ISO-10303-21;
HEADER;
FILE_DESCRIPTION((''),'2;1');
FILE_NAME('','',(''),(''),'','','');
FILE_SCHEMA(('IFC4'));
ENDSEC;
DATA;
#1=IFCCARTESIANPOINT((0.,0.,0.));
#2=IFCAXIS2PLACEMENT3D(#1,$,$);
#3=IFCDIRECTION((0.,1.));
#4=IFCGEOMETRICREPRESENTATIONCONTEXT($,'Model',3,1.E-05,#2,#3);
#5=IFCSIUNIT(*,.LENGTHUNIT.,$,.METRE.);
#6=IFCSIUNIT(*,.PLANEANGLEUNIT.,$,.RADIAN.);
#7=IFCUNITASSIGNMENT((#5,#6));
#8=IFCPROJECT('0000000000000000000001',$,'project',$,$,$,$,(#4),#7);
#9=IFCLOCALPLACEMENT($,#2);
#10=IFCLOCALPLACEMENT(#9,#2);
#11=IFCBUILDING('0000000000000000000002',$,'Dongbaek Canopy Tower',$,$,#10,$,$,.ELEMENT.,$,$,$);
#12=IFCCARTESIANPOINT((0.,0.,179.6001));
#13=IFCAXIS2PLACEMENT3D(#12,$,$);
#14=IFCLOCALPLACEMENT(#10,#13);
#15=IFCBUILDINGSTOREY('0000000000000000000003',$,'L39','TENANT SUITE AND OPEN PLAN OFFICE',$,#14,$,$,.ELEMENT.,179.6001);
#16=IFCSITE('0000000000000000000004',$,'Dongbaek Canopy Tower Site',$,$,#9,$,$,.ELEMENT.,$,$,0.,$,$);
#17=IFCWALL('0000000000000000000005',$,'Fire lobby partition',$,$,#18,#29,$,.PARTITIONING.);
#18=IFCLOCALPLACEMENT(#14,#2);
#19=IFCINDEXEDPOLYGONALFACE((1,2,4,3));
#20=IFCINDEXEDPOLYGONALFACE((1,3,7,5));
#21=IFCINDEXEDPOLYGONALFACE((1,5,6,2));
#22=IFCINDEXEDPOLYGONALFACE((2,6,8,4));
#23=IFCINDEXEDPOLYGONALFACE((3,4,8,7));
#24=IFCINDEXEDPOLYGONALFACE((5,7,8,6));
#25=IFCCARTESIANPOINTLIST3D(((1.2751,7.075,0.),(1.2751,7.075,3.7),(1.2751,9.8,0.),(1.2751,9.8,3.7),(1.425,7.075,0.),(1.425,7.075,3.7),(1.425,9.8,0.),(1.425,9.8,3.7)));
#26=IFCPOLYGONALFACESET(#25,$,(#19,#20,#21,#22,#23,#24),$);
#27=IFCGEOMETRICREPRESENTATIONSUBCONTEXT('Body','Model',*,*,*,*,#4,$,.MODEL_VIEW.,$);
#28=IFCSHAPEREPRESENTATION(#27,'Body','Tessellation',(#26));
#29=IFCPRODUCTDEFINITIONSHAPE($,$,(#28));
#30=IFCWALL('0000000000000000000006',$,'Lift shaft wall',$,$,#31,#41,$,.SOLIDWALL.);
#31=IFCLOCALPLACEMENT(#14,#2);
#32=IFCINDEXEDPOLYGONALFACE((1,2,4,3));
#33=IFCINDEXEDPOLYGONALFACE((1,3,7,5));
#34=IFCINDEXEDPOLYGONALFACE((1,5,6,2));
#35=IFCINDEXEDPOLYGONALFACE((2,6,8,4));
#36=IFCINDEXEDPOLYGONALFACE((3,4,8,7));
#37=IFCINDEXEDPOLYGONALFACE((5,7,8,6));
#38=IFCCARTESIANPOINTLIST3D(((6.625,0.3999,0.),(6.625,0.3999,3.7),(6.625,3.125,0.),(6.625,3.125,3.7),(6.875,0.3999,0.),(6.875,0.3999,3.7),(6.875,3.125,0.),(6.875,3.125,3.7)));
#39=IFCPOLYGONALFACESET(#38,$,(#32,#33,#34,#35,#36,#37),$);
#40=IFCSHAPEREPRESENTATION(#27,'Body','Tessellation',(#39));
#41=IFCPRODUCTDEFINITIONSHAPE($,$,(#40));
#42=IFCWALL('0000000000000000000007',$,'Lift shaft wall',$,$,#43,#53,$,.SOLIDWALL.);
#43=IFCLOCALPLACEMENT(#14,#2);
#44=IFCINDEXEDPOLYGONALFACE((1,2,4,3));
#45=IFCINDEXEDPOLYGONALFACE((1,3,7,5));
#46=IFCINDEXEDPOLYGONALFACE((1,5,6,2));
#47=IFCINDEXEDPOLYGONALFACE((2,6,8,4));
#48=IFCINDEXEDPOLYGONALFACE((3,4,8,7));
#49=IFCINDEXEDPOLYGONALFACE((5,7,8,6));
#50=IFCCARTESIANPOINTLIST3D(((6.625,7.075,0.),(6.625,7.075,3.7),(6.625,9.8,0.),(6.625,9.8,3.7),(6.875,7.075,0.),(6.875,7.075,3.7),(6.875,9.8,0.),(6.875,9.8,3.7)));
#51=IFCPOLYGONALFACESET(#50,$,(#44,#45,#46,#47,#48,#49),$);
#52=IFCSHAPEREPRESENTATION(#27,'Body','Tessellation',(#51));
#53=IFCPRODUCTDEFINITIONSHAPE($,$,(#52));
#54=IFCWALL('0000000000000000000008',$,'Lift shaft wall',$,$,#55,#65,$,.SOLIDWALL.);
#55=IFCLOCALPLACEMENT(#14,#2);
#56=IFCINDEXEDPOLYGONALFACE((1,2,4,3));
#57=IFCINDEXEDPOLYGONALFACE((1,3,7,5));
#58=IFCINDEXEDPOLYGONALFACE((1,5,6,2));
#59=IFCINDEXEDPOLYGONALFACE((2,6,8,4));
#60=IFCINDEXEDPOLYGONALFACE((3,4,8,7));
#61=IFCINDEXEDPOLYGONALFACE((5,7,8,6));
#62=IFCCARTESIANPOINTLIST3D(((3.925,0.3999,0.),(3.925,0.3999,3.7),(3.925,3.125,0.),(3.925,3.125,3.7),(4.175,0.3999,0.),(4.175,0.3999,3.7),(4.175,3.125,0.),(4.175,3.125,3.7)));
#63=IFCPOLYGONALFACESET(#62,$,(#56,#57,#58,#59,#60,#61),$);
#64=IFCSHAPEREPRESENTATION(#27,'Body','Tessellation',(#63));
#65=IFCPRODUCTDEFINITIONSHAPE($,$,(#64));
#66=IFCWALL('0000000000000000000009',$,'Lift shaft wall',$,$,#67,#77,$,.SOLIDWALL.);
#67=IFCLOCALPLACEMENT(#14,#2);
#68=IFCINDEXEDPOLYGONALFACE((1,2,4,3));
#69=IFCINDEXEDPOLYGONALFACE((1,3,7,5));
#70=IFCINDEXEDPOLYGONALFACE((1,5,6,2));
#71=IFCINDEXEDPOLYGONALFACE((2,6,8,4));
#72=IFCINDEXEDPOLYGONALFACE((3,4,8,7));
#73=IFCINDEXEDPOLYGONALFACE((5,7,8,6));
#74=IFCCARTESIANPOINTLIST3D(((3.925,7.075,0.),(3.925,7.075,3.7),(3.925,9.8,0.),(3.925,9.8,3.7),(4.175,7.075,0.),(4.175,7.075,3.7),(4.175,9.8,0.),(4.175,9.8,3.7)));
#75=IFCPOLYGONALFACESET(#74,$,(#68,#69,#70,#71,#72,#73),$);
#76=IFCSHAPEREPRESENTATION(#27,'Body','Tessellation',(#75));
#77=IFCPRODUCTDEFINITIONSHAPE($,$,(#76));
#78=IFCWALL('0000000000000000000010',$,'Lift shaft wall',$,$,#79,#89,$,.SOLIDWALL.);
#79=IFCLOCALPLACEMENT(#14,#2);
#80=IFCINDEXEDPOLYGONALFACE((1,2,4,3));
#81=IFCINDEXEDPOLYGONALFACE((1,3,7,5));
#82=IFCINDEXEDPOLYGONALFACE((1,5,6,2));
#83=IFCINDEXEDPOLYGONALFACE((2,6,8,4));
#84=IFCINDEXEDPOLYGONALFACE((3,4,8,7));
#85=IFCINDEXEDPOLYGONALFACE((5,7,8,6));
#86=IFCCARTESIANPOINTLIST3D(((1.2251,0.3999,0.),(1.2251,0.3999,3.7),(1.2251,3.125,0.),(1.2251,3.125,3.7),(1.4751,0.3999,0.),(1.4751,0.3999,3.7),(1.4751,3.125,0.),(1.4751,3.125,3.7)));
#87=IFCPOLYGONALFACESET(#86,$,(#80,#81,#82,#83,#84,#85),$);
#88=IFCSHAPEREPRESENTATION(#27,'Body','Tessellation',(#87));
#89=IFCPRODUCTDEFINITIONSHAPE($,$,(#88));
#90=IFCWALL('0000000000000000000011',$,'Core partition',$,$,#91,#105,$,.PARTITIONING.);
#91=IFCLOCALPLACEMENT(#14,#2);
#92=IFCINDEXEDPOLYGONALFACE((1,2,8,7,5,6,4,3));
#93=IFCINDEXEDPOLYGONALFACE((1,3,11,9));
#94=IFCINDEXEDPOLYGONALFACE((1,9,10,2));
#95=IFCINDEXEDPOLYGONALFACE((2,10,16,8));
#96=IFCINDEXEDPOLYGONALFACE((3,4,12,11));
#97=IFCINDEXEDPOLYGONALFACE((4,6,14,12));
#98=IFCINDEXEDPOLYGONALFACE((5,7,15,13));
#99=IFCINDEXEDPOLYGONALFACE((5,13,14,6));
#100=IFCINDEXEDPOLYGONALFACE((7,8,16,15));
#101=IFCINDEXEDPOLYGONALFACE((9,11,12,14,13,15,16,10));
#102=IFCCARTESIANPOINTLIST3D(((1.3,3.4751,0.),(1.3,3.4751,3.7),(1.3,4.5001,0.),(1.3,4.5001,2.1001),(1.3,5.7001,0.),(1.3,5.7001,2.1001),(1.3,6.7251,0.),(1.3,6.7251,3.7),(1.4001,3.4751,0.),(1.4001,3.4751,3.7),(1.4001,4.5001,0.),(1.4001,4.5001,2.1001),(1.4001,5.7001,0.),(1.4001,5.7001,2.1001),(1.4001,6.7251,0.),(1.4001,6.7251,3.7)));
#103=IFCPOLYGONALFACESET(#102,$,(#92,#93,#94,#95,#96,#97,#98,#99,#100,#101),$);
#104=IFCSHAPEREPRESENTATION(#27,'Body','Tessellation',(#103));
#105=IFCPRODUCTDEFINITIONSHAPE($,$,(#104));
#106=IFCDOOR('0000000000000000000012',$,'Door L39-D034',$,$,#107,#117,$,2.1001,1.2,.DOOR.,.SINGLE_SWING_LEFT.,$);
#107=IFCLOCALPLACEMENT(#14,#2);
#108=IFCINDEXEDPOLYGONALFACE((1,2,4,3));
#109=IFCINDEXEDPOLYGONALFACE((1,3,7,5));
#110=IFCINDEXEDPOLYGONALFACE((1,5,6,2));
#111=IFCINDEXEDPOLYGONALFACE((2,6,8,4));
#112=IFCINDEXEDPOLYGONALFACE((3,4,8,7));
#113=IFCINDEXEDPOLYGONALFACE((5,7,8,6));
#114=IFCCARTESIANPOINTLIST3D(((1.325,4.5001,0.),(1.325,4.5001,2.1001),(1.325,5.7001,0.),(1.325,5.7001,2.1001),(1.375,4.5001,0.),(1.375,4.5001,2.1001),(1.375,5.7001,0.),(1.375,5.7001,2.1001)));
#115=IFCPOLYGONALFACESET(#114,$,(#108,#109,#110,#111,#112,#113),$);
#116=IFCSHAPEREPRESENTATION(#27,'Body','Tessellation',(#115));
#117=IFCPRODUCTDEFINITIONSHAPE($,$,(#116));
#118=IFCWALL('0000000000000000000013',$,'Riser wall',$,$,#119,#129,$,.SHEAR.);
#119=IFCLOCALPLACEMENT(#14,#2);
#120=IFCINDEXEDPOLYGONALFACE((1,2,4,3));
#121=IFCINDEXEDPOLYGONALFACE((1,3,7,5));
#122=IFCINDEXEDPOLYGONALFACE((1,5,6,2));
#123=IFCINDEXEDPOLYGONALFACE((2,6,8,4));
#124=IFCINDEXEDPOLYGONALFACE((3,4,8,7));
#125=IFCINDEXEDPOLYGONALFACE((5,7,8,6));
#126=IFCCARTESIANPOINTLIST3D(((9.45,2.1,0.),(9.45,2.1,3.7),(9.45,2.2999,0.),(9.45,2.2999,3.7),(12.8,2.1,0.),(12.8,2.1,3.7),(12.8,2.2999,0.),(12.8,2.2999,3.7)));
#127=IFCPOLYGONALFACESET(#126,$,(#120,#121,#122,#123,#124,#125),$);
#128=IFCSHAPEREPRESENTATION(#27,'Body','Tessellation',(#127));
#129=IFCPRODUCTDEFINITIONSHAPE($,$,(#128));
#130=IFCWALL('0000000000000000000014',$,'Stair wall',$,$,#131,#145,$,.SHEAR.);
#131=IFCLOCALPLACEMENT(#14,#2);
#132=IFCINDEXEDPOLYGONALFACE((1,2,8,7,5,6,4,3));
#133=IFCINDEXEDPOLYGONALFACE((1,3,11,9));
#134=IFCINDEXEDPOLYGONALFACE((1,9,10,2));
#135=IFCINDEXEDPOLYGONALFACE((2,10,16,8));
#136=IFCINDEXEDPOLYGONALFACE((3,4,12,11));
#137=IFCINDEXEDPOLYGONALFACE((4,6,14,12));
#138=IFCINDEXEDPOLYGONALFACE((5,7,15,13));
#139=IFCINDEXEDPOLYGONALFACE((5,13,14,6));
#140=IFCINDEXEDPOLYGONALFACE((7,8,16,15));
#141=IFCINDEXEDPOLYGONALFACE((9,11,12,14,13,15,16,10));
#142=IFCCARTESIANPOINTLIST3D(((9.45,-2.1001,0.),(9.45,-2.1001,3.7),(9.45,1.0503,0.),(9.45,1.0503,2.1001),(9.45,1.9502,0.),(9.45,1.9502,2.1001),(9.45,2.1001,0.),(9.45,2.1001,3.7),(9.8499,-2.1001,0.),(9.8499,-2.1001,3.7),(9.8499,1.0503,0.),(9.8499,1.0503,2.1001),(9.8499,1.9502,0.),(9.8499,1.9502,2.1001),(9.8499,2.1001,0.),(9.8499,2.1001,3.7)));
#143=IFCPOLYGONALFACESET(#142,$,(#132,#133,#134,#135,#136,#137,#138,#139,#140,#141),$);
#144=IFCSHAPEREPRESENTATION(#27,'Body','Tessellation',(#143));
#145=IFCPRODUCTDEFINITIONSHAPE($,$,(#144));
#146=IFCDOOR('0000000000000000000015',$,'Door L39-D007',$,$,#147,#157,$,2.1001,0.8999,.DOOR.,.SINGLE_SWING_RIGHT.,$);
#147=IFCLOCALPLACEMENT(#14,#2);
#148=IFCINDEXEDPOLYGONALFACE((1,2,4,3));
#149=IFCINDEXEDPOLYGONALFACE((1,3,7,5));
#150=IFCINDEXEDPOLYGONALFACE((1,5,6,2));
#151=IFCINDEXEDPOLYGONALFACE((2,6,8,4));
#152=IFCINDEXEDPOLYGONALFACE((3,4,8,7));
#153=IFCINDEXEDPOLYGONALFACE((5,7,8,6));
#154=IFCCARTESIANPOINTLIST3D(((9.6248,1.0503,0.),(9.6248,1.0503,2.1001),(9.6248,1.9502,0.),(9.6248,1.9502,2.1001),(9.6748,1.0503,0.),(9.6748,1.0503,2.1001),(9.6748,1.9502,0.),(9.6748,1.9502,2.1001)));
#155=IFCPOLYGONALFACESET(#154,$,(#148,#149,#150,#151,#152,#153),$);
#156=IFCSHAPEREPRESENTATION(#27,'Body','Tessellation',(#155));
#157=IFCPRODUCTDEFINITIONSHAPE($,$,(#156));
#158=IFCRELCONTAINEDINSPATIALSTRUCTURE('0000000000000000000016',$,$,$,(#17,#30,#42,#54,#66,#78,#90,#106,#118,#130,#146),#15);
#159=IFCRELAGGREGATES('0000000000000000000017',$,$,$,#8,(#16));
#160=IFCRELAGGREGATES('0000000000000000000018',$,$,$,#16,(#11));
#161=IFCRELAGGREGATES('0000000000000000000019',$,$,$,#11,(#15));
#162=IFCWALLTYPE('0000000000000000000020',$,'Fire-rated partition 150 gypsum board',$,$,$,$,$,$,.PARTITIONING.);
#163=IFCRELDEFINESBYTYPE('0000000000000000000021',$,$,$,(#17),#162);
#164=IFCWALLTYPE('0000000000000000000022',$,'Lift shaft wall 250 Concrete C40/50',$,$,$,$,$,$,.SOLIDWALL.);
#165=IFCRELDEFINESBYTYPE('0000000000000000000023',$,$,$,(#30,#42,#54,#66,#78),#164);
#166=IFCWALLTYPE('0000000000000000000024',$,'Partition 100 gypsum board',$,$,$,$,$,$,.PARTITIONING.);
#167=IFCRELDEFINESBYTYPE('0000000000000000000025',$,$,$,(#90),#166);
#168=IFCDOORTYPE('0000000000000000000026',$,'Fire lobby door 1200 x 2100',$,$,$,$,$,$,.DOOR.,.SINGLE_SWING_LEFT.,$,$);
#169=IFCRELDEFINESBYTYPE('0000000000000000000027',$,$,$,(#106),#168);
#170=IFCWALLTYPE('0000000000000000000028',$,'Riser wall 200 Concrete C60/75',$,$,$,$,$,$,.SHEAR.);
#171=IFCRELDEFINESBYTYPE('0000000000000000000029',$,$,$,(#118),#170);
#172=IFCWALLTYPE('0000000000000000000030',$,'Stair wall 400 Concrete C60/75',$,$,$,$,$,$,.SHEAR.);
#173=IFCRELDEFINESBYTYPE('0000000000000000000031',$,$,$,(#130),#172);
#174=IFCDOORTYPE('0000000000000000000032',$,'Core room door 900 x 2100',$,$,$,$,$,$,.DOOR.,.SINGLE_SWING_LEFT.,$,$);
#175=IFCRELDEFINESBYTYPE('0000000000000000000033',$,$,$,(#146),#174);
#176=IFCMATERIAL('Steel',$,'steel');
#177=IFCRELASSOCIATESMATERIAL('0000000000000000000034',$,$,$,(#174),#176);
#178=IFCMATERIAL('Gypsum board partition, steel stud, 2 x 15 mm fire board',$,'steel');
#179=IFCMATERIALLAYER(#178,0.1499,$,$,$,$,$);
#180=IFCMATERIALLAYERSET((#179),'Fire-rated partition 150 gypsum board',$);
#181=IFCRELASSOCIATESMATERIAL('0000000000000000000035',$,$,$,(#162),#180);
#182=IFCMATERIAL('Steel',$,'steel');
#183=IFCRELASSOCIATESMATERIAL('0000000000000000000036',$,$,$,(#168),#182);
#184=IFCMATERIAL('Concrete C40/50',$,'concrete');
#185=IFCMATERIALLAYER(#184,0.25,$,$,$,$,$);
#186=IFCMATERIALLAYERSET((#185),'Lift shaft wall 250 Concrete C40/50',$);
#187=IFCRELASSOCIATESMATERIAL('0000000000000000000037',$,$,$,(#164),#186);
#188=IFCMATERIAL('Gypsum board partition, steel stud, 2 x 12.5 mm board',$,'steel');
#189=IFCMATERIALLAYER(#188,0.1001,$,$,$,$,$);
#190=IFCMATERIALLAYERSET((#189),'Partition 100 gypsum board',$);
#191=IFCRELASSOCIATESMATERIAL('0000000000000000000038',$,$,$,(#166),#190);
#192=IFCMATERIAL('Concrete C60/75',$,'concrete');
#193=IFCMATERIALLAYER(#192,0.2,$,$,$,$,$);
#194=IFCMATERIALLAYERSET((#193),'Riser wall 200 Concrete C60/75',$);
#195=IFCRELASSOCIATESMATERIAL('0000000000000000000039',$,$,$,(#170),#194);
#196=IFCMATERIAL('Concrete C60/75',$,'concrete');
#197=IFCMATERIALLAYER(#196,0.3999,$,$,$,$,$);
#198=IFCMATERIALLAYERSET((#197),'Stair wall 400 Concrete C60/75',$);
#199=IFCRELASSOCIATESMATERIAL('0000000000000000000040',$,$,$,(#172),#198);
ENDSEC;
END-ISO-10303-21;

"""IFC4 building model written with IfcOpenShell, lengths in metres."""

from ifc_helpers import new_model, si_unit, direction, frame, frame_2d, origin, place, context, subcontext, project, spatial, rectangle, extrude, material, layer, layer_set, type_object, element, fill, save


model = new_model("IFC4")

# Units and contexts
model_context = context("Model", 3, precision=1e-05, world=origin(), true_north=direction((0.0, 1.0)))
body_context = subcontext(model_context, "Body", "Model", "MODEL_VIEW")
ifc_project = project(units=[si_unit("LENGTHUNIT", "METRE"), si_unit("PLANEANGLEUNIT", "RADIAN")], contexts=[model_context])

# Site, building, storey
site_placement = place(None, origin())
site = spatial("IfcSite", under=ifc_project, at=site_placement, Name="Dongbaek Canopy Tower Site", CompositionType="ELEMENT", RefElevation=0.0)
building_placement = place(site_placement, origin())
building = spatial("IfcBuilding", under=site, at=building_placement, Name="Dongbaek Canopy Tower", CompositionType="ELEMENT")
storey_placement = place(building_placement, frame((0.0, 0.0, 179.6001)))
storey = spatial("IfcBuildingStorey", under=building, at=storey_placement, Name="L39", Description="TENANT SUITE AND OPEN PLAN OFFICE", CompositionType="ELEMENT", Elevation=179.6001)

# Shared definitions
ifc_material_1 = material(Name="Steel", Category="steel")
door_type_1 = type_object("IfcDoorType", Name="Core room door 900 x 2100", OperationType="SINGLE_SWING_LEFT", PredefinedType="DOOR", material=ifc_material_1)

# Shared definitions
ifc_material_2 = material(Name="Gypsum board partition, steel stud, 2 x 15 mm fire board", Category="steel")
ifc_layer_1 = layer(ifc_material_2, 0.1499)
ifc_layer_set_1 = layer_set([ifc_layer_1], Name="Fire-rated partition 150 gypsum board")
wall_type_1 = type_object("IfcWallType", Name="Fire-rated partition 150 gypsum board", PredefinedType="PARTITIONING", material=ifc_layer_set_1)
ifc_material_3 = material(Name="Steel", Category="steel")
door_type_2 = type_object("IfcDoorType", Name="Fire lobby door 1200 x 2100", OperationType="SINGLE_SWING_LEFT", PredefinedType="DOOR", material=ifc_material_3)

# Walls
wall_1_placement = place(storey_placement, frame((1.3501, 7.075, 0.0), z_axis=(0.0, 0.0, 1.0), x_axis=(0.0, 1.0, 0.0)))
element("IfcWall", 1, at=wall_1_placement, inside=storey, type_object=wall_type_1, Name="Fire lobby partition", PredefinedType="PARTITIONING", context=body_context, shape_type="SweptSolid", body=[
    extrude(rectangle(XDim=2.7251, YDim=0.1499, at=frame_2d((1.3625, 0.0))), origin(), (0.0, 0.0, 1.0), 3.7),
])
ifc_material_4 = material(Name="Concrete C40/50", Category="concrete")
ifc_layer_2 = layer(ifc_material_4, 0.25)
ifc_layer_set_2 = layer_set([ifc_layer_2], Name="Lift shaft wall 250 Concrete C40/50")
wall_type_2 = type_object("IfcWallType", Name="Lift shaft wall 250 Concrete C40/50", PredefinedType="SOLIDWALL", material=ifc_layer_set_2)
for number, where, z_axis, x_axis, name in (
    (2, (6.75, 0.3999, 0.0), (0.0, 0.0, 1.0), (0.0, 1.0, 0.0), "Lift shaft wall"),
    (3, (6.75, 7.075, 0.0), (0.0, 0.0, 1.0), (0.0, 1.0, 0.0), "Lift shaft wall"),
    (4, (4.05, 0.3999, 0.0), (0.0, 0.0, 1.0), (0.0, 1.0, 0.0), "Lift shaft wall"),
    (5, (4.05, 7.075, 0.0), (0.0, 0.0, 1.0), (0.0, 1.0, 0.0), "Lift shaft wall"),
    (6, (1.3501, 0.3999, 0.0), (0.0, 0.0, 1.0), (0.0, 1.0, 0.0), "Lift shaft wall"),
):
    element("IfcWall", number, at=place(storey_placement, frame(where, z_axis=z_axis, x_axis=x_axis)), inside=storey, type_object=wall_type_2, Name=name, PredefinedType="SOLIDWALL", context=body_context, shape_type="SweptSolid", body=[
        extrude(rectangle(XDim=2.7251, YDim=0.25, at=frame_2d((1.3625, 0.0))), origin(), (0.0, 0.0, 1.0), 3.7),
    ])

# Wall, opening, door
ifc_material_5 = material(Name="Gypsum board partition, steel stud, 2 x 12.5 mm board", Category="steel")
ifc_layer_3 = layer(ifc_material_5, 0.1001)
ifc_layer_set_3 = layer_set([ifc_layer_3], Name="Partition 100 gypsum board")
wall_type_3 = type_object("IfcWallType", Name="Partition 100 gypsum board", PredefinedType="PARTITIONING", material=ifc_layer_set_3)
wall_2_placement = place(storey_placement, frame((1.3501, 6.7251, 0.0), z_axis=(0.0, 0.0, 1.0), x_axis=(0.0, -1.0, 0.0)))
wall_2 = element("IfcWall", 7, at=wall_2_placement, inside=storey, type_object=wall_type_3, Name="Core partition", PredefinedType="PARTITIONING", context=body_context, shape_type="SweptSolid", body=[
    extrude(rectangle(XDim=3.25, YDim=0.1001, at=frame_2d((1.625, 0.0))), origin(), (0.0, 0.0, 1.0), 3.7),
])
opening_1_placement = place(wall_2_placement, frame((1.0249, 0.0, 0.0)))
opening_1 = element("IfcOpeningElement", 8, at=opening_1_placement, cuts=wall_2, PredefinedType="OPENING", context=body_context, shape_type="SweptSolid", body=[
    extrude(rectangle(XDim=1.2, YDim=2.1001, at=frame_2d((0.6001, 1.05))), frame((0.0, 0.0601, 0.0), z_axis=(0.0, -1.0, 0.0), x_axis=(1.0, 0.0, 0.0)), (0.0, 0.0, 1.0), 0.1201),
])
door_1_placement = place(opening_1_placement, origin())
door_1 = element("IfcDoor", 9, at=door_1_placement, inside=storey, type_object=door_type_2, Name="Door L39-D034", OperationType="SINGLE_SWING_LEFT", OverallHeight=2.1001, OverallWidth=1.2, PredefinedType="DOOR", context=body_context, shape_type="SweptSolid", body=[
    extrude(rectangle(XDim=1.2, YDim=2.1001, at=frame_2d((0.6001, 1.05))), frame((0.0, 0.0249, 0.0), z_axis=(0.0, -1.0, 0.0), x_axis=(1.0, 0.0, 0.0)), (0.0, 0.0, 1.0), 0.05),
])
fill(opening_1, door_1)

# Wall
ifc_material_6 = material(Name="Concrete C60/75", Category="concrete")
ifc_layer_4 = layer(ifc_material_6, 0.2)
ifc_layer_set_4 = layer_set([ifc_layer_4], Name="Riser wall 200 Concrete C60/75")
wall_type_4 = type_object("IfcWallType", Name="Riser wall 200 Concrete C60/75", PredefinedType="SHEAR", material=ifc_layer_set_4)
wall_3_placement = place(storey_placement, frame((9.45, 2.2, 0.0), z_axis=(0.0, 0.0, 1.0), x_axis=(1.0, 0.0, 0.0)))
element("IfcWall", 10, at=wall_3_placement, inside=storey, type_object=wall_type_4, Name="Riser wall", PredefinedType="SHEAR", context=body_context, shape_type="SweptSolid", body=[
    extrude(rectangle(XDim=3.3501, YDim=0.2, at=frame_2d((1.675, 0.0))), origin(), (0.0, 0.0, 1.0), 3.7),
])

# Wall, opening, door
ifc_material_7 = material(Name="Concrete C60/75", Category="concrete")
ifc_layer_5 = layer(ifc_material_7, 0.3999)
ifc_layer_set_5 = layer_set([ifc_layer_5], Name="Stair wall 400 Concrete C60/75")
wall_type_5 = type_object("IfcWallType", Name="Stair wall 400 Concrete C60/75", PredefinedType="SHEAR", material=ifc_layer_set_5)
wall_4_placement = place(storey_placement, frame((9.6499, 2.1001, 0.0), z_axis=(0.0, 0.0, 1.0), x_axis=(0.0, -1.0, 0.0)))
wall_4 = element("IfcWall", 11, at=wall_4_placement, inside=storey, type_object=wall_type_5, Name="Stair wall", PredefinedType="SHEAR", context=body_context, shape_type="SweptSolid", body=[
    extrude(rectangle(XDim=4.2002, YDim=0.3999, at=frame_2d((2.1001, 0.0))), origin(), (0.0, 0.0, 1.0), 3.7),
])
opening_2_placement = place(wall_4_placement, frame((0.1499, 0.0, 0.0)))
opening_2 = element("IfcOpeningElement", 12, at=opening_2_placement, cuts=wall_4, PredefinedType="OPENING", context=body_context, shape_type="SweptSolid", body=[
    extrude(rectangle(XDim=0.8999, YDim=2.1001, at=frame_2d((0.45, 1.05))), frame((0.0, 0.21, 0.0), z_axis=(0.0, -1.0, 0.0), x_axis=(1.0, 0.0, 0.0)), (0.0, 0.0, 1.0), 0.4199),
])
door_2_placement = place(opening_2_placement, origin())
door_2 = element("IfcDoor", 13, at=door_2_placement, inside=storey, type_object=door_type_1, Name="Door L39-D007", OperationType="SINGLE_SWING_RIGHT", OverallHeight=2.1001, OverallWidth=0.8999, PredefinedType="DOOR", context=body_context, shape_type="SweptSolid", body=[
    extrude(rectangle(XDim=0.8999, YDim=2.1001, at=frame_2d((0.45, 1.05))), frame((0.0, 0.0249, 0.0), z_axis=(0.0, -1.0, 0.0), x_axis=(1.0, 0.0, 0.0)), (0.0, 0.0, 1.0), 0.05),
])
fill(opening_2, door_2)

save(model, "model.ifc")
